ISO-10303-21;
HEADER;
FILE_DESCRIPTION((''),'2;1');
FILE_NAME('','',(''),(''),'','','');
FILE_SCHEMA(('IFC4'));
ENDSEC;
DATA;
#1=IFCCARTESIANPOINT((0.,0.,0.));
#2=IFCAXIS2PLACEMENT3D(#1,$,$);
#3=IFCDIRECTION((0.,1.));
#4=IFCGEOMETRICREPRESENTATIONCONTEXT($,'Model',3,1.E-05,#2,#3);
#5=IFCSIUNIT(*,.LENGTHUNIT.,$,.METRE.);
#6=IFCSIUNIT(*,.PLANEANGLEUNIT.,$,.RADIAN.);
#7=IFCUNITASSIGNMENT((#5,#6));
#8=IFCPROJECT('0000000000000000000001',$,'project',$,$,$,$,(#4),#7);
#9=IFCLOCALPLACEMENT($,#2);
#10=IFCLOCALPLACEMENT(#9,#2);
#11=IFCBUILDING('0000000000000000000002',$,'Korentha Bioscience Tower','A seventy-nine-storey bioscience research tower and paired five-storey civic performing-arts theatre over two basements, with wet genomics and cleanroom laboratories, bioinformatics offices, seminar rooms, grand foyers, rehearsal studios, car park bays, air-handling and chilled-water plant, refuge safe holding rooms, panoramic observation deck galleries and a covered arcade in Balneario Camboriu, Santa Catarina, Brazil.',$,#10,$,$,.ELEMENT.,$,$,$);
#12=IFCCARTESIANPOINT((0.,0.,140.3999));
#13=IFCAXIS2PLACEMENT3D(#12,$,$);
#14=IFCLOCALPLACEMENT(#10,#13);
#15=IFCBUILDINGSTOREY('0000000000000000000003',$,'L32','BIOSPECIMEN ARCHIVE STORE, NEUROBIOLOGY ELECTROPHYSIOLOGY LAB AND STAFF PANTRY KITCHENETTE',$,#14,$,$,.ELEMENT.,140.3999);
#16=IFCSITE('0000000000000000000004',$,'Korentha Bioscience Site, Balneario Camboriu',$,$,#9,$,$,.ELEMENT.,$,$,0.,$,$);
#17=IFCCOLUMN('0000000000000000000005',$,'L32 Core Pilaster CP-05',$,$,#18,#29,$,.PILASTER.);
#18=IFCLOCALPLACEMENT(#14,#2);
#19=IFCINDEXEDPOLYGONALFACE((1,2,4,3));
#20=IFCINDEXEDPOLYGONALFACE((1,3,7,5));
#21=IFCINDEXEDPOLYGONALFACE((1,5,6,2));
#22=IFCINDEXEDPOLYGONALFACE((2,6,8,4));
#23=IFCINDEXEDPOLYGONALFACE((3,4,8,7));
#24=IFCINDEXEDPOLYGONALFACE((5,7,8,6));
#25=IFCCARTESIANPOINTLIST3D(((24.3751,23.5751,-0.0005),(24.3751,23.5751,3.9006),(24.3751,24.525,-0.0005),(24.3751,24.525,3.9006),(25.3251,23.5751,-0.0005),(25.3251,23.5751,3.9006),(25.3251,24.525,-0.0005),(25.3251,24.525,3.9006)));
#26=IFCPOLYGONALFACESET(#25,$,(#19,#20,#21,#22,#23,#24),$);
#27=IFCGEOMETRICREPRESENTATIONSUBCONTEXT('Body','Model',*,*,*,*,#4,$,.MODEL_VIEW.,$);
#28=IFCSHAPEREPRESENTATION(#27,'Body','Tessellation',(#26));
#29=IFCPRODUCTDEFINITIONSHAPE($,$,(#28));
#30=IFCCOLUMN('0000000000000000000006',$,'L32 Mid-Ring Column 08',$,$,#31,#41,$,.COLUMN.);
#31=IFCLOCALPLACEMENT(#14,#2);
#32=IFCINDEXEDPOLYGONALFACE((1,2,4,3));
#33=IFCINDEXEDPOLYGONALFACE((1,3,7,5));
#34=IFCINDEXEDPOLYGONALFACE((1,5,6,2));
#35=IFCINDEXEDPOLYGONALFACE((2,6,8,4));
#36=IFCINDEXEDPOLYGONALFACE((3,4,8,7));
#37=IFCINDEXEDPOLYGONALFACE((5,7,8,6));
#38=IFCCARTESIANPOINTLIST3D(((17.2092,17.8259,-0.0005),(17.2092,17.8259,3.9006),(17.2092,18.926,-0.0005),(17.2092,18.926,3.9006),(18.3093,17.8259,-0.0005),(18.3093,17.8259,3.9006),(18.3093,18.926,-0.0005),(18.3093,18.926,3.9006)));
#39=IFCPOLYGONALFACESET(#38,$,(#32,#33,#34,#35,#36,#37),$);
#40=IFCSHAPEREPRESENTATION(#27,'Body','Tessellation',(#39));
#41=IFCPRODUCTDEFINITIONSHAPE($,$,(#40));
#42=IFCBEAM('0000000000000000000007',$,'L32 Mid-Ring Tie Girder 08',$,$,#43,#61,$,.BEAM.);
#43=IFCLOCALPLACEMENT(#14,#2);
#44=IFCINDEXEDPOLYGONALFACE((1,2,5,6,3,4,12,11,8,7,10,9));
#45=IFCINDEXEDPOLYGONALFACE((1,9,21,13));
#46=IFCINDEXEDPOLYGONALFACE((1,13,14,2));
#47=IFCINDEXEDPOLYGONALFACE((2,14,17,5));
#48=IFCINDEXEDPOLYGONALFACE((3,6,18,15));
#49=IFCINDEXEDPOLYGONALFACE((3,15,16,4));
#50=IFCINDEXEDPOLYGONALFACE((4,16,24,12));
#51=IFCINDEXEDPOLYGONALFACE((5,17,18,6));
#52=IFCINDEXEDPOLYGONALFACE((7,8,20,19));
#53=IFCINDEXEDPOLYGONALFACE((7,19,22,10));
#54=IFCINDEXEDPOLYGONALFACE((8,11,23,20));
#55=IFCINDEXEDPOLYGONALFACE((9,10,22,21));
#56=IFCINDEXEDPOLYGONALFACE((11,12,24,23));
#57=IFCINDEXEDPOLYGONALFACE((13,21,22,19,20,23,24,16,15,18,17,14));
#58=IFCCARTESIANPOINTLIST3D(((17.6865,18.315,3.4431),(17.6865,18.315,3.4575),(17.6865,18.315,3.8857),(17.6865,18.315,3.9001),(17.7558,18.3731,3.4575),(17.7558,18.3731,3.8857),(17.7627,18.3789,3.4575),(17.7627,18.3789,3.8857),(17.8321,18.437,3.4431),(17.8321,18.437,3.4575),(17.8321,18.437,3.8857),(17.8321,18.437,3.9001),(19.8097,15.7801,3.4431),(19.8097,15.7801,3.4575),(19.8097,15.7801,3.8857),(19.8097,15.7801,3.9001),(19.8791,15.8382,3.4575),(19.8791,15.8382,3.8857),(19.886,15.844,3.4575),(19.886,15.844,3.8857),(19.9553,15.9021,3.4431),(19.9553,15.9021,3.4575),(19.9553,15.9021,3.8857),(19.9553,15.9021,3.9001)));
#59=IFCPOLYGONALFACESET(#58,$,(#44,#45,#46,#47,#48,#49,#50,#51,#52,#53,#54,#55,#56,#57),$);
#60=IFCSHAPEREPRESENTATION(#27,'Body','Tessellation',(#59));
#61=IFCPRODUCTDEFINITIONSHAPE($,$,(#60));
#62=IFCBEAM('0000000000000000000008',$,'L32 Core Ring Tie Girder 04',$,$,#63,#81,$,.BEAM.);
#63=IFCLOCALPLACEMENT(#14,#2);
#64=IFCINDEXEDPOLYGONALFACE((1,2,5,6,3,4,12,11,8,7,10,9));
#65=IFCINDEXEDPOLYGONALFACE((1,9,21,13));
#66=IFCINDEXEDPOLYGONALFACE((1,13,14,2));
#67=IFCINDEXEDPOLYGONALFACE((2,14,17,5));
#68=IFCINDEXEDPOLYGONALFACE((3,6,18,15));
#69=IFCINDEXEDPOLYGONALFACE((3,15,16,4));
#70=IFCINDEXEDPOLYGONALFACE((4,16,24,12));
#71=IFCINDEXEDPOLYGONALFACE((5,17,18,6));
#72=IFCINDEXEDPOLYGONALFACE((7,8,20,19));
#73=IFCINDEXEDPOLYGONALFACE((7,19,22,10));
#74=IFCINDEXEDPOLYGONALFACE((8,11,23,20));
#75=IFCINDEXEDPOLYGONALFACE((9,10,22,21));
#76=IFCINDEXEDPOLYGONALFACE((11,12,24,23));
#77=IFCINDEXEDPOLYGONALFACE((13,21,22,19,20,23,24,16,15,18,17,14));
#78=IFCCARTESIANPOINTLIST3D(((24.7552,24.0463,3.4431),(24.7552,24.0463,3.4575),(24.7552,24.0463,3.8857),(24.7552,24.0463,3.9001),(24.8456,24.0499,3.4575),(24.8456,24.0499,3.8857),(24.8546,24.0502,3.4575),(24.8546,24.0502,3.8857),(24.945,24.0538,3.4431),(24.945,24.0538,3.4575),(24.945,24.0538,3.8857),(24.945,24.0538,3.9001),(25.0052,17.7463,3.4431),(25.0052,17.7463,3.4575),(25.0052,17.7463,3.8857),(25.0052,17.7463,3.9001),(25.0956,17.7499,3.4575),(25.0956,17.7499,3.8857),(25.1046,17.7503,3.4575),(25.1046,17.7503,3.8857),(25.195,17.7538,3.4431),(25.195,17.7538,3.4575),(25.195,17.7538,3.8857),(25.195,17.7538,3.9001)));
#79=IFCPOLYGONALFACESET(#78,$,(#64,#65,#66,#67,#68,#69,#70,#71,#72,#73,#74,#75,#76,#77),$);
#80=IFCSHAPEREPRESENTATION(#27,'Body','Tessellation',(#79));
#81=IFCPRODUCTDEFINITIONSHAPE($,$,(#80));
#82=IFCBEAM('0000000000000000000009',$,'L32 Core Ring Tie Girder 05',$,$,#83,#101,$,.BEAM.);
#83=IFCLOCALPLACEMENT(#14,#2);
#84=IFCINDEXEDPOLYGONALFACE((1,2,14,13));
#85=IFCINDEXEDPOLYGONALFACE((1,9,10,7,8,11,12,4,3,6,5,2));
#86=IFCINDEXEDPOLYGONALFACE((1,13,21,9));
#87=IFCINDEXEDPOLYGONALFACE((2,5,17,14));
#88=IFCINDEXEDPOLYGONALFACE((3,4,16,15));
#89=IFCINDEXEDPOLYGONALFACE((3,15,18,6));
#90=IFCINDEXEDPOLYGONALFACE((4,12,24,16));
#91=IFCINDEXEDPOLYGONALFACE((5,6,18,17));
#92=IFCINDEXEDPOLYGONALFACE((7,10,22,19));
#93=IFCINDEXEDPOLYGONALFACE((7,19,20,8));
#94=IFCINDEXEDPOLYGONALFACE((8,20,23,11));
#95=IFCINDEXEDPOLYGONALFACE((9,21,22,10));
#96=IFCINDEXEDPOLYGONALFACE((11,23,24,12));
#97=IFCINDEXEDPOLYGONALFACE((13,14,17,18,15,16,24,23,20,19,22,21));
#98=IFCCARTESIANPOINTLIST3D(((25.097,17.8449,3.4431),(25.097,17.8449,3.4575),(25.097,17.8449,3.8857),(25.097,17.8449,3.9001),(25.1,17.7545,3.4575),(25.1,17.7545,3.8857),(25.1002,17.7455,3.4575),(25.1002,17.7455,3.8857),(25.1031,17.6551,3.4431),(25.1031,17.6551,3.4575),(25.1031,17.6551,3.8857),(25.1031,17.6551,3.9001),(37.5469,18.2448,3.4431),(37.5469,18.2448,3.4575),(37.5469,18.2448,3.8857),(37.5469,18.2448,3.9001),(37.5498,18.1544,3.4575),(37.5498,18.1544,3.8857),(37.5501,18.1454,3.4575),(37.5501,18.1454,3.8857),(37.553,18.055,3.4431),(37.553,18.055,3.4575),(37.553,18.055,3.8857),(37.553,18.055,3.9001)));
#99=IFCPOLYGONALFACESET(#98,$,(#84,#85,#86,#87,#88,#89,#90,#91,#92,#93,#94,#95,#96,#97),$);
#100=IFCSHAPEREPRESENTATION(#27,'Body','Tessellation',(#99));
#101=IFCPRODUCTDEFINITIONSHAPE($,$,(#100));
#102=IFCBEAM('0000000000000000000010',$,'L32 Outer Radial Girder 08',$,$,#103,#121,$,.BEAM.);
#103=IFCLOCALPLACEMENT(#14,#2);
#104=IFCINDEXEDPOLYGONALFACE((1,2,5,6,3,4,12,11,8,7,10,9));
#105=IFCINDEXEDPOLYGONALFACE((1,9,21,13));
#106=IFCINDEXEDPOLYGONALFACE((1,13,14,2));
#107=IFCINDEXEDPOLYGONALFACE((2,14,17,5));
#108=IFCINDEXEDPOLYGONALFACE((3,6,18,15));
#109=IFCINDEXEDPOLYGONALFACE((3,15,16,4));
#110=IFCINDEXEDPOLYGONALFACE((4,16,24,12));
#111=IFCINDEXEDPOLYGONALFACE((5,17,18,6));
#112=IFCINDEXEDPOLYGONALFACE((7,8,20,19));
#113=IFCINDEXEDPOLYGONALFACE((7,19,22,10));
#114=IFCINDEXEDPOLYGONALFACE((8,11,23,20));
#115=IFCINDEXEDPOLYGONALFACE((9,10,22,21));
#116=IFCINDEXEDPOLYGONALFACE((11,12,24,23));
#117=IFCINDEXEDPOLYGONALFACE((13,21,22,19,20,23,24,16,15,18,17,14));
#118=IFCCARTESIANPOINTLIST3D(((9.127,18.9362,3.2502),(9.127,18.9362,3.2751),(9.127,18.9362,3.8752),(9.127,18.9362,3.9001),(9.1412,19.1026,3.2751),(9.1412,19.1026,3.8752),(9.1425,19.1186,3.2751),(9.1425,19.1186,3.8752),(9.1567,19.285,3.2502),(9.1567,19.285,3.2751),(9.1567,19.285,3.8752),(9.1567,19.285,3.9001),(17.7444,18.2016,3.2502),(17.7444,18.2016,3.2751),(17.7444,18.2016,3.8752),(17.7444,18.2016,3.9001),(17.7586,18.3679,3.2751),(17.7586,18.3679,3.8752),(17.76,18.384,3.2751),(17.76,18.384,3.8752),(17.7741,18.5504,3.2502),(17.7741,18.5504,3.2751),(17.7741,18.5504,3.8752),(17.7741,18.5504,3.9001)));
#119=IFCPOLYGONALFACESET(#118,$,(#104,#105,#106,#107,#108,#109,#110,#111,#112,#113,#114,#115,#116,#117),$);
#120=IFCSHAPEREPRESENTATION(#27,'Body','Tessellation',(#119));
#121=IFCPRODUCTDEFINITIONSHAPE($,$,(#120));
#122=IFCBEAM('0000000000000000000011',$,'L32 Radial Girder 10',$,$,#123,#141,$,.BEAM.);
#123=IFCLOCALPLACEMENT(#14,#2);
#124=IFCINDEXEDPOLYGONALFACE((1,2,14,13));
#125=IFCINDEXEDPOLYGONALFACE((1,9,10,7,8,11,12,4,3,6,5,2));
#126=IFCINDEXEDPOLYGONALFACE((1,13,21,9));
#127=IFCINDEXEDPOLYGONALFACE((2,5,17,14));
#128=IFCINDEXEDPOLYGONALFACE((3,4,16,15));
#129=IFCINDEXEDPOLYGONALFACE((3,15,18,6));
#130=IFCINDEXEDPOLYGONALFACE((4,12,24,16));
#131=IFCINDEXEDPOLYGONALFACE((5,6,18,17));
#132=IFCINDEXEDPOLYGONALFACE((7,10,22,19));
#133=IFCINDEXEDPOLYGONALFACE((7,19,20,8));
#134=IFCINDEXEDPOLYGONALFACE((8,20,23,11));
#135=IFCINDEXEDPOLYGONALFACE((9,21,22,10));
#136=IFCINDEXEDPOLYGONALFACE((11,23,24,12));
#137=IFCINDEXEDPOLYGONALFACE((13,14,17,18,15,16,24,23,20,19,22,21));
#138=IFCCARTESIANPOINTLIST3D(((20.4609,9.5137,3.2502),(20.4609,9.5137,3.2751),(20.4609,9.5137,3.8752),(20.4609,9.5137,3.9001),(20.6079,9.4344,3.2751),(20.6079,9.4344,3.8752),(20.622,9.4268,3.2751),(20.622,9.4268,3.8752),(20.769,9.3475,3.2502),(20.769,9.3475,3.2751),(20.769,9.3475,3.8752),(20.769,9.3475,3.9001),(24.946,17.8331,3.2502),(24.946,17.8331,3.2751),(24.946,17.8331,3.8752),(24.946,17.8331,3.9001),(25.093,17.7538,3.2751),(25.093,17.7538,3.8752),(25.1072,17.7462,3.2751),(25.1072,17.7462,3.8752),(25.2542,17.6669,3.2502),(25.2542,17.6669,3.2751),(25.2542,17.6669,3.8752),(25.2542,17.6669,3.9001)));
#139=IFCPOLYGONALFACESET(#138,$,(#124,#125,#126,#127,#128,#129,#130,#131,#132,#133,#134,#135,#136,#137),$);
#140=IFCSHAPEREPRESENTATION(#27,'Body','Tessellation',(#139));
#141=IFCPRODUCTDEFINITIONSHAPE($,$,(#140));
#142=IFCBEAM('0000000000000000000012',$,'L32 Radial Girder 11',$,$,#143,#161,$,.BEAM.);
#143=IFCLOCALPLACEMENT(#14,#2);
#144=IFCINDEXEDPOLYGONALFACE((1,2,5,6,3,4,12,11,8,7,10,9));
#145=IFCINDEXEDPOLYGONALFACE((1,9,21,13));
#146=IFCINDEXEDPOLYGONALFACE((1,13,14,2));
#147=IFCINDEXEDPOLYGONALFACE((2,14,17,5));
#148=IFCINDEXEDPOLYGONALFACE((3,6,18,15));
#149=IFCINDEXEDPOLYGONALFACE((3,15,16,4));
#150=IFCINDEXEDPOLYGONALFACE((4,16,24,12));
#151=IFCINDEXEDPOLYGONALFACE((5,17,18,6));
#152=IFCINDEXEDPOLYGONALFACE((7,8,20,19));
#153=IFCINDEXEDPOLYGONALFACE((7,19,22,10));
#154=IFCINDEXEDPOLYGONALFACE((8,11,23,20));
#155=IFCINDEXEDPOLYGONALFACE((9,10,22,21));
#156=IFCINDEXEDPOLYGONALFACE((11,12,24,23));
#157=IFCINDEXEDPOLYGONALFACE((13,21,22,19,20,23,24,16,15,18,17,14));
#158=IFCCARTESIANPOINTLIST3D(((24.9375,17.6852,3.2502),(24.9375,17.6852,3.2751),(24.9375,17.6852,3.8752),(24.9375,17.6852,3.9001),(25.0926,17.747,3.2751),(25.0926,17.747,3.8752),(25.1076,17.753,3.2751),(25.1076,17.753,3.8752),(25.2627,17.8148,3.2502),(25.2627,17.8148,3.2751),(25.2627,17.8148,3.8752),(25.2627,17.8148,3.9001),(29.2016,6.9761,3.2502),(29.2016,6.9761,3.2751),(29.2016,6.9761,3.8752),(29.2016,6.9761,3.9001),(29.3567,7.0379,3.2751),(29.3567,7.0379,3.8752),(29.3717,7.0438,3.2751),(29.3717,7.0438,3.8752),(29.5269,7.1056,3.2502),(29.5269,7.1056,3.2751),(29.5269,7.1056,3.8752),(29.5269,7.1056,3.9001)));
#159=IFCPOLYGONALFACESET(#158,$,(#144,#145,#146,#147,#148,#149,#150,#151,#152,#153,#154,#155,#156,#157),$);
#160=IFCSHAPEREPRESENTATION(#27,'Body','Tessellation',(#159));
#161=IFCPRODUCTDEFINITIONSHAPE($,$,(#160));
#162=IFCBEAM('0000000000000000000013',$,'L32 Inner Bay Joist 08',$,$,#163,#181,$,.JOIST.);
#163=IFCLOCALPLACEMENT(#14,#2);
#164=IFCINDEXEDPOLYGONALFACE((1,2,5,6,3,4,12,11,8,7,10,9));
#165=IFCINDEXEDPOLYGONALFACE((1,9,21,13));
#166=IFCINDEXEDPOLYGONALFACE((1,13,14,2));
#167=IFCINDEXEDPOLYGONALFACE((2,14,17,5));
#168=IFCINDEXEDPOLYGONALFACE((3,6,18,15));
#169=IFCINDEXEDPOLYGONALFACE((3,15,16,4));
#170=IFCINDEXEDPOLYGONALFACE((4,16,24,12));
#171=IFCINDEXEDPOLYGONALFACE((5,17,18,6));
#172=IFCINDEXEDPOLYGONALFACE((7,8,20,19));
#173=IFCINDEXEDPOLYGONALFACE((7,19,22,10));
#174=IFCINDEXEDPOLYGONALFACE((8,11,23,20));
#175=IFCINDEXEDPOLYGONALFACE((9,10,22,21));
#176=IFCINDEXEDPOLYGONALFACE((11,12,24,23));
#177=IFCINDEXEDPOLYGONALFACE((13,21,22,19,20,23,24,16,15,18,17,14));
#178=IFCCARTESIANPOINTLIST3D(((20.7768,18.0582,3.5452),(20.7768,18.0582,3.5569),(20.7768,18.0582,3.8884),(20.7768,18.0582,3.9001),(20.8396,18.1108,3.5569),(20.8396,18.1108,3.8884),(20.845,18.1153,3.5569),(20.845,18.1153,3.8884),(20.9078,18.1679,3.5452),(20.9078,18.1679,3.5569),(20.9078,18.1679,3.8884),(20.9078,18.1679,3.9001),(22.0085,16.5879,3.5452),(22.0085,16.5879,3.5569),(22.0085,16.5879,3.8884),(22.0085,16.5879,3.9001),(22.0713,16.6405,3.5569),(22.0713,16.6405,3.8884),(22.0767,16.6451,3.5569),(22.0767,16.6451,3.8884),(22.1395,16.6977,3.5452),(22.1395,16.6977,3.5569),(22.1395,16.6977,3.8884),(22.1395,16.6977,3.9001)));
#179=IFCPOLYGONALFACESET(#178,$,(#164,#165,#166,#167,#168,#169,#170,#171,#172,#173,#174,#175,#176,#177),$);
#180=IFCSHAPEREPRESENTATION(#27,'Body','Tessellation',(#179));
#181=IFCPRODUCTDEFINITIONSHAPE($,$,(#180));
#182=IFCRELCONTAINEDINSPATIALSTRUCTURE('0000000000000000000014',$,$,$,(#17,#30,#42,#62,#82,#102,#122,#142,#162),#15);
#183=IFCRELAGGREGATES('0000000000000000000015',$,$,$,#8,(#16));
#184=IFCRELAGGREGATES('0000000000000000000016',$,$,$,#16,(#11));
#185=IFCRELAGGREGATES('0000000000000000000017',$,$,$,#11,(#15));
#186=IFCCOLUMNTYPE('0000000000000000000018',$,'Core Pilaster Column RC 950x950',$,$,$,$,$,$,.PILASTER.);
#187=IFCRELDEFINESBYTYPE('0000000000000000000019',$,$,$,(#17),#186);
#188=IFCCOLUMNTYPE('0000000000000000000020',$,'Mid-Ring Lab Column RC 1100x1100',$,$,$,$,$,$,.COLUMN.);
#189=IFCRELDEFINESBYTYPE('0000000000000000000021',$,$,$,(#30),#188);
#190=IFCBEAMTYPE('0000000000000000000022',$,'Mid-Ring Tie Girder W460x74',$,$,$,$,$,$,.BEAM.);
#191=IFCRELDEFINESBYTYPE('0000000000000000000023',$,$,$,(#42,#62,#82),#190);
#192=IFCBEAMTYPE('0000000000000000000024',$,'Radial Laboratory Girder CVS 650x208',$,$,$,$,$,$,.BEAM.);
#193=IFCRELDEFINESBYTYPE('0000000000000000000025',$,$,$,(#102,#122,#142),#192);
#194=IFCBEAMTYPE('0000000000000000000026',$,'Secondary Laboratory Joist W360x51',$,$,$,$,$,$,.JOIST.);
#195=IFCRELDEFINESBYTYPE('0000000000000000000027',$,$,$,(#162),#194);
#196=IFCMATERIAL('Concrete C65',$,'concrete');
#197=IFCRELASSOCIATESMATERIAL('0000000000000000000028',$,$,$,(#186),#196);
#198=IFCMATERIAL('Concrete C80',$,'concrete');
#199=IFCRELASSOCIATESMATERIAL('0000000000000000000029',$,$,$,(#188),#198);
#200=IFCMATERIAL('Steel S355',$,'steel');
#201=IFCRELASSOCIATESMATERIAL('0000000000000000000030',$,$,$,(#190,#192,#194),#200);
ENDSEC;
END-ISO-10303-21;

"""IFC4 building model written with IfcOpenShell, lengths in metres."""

from ifc_helpers import new_model, si_unit, direction, frame, origin, origin_2d, place, context, subcontext, project, spatial, rectangle, i_section, extrude, material, material_profile, profile_set, type_object, element, save


model = new_model("IFC4")

# Units and contexts
model_context = context("Model", 3, precision=1e-05, world=origin(), true_north=direction((0.0, 1.0)))
body_context = subcontext(model_context, "Body", "Model", "MODEL_VIEW")
ifc_project = project(units=[si_unit("LENGTHUNIT", "METRE"), si_unit("PLANEANGLEUNIT", "RADIAN")], contexts=[model_context])

# Site, building, storey
site_placement = place(None, origin())
site = spatial("IfcSite", under=ifc_project, at=site_placement, Name="Korentha Bioscience Site, Balneario Camboriu", CompositionType="ELEMENT", RefElevation=0.0)
building_placement = place(site_placement, origin())
building = spatial("IfcBuilding", under=site, at=building_placement, Name="Korentha Bioscience Tower", Description="A seventy-nine-storey bioscience research tower and paired five-storey civic performing-arts theatre over two basements, with wet genomics and cleanroom laboratories, bioinformatics offices, seminar rooms, grand foyers, rehearsal studios, car park bays, air-handling and chilled-water plant, refuge safe holding rooms, panoramic observation deck galleries and a covered arcade in Balneario Camboriu, Santa Catarina, Brazil.", CompositionType="ELEMENT")
storey_placement = place(building_placement, frame((0.0, 0.0, 140.3999)))
storey = spatial("IfcBuildingStorey", under=building, at=storey_placement, Name="L32", Description="BIOSPECIMEN ARCHIVE STORE, NEUROBIOLOGY ELECTROPHYSIOLOGY LAB AND STAFF PANTRY KITCHENETTE", CompositionType="ELEMENT", Elevation=140.3999)

# Columns
ifc_material_1 = material(Name="Concrete C65", Category="concrete")
ifc_material_profile_1 = material_profile(ifc_material_1, rectangle(XDim=0.95, YDim=0.95, at=origin_2d()), Name="Concrete C65")
ifc_profile_set_1 = profile_set([ifc_material_profile_1], Name="Concrete C65 (COL-CP09)")
column_type_1 = type_object("IfcColumnType", Name="Core Pilaster Column RC 950x950", PredefinedType="PILASTER", material=ifc_profile_set_1)
column_1_placement = place(storey_placement, frame((24.8501, 24.05, -0.0005), z_axis=(0.0, 0.0, 1.0), x_axis=(1.0, 0.0, 0.0)))
element("IfcColumn", 1, at=column_1_placement, inside=storey, type_object=column_type_1, Name="L32 Core Pilaster CP-05", PredefinedType="PILASTER", context=body_context, shape_type="SweptSolid", body=[
    extrude(rectangle(XDim=0.95, YDim=0.95, at=origin_2d()), origin(), (0.0, 0.0, 1.0), 3.9011),
])
ifc_material_2 = material(Name="Concrete C80", Category="concrete")
ifc_material_profile_2 = material_profile(ifc_material_2, rectangle(XDim=1.1001, YDim=1.1001, at=origin_2d()), Name="Concrete C80")
ifc_profile_set_2 = profile_set([ifc_material_profile_2], Name="Concrete C80 (COL-MR11)")
column_type_2 = type_object("IfcColumnType", Name="Mid-Ring Lab Column RC 1100x1100", PredefinedType="COLUMN", material=ifc_profile_set_2)
column_2_placement = place(storey_placement, frame((17.7593, 18.376, -0.0005), z_axis=(0.0, 0.0, 1.0), x_axis=(1.0, 0.0, 0.0)))
element("IfcColumn", 2, at=column_2_placement, inside=storey, type_object=column_type_2, Name="L32 Mid-Ring Column 08", PredefinedType="COLUMN", context=body_context, shape_type="SweptSolid", body=[
    extrude(rectangle(XDim=1.1001, YDim=1.1001, at=origin_2d()), origin(), (0.0, 0.0, 1.0), 3.9011),
])

# Beams
ifc_material_3 = material(Name="Steel S355", Category="steel")
ifc_material_profile_3 = material_profile(ifc_material_3, i_section(OverallWidth=0.1899, OverallDepth=0.457, WebThickness=0.009, FlangeThickness=0.0144, at=origin_2d()), Name="Steel S355")
ifc_profile_set_3 = profile_set([ifc_material_profile_3], Name="Steel S355 (MB-460)")
beam_type_1 = type_object("IfcBeamType", Name="Mid-Ring Tie Girder W460x74", PredefinedType="BEAM", material=ifc_profile_set_3)
beam_1_placement = place(storey_placement, frame((17.7593, 18.376, 3.6716), z_axis=(0.642121, -0.766603, 0.0), x_axis=(0.766603, 0.642121, 0.0)))
element("IfcBeam", 3, at=beam_1_placement, inside=storey, type_object=beam_type_1, Name="L32 Mid-Ring Tie Girder 08", PredefinedType="BEAM", context=body_context, shape_type="SweptSolid", body=[
    extrude(i_section(OverallWidth=0.1899, OverallDepth=0.457, WebThickness=0.009, FlangeThickness=0.0144, at=origin_2d()), origin(), (0.0, 0.0, 1.0), 3.3066),
])
beam_2_placement = place(storey_placement, frame((24.8501, 24.05, 3.6716), z_axis=(0.039651, -0.999214, 0.0), x_axis=(0.999214, 0.039651, 0.0)))
element("IfcBeam", 4, at=beam_2_placement, inside=storey, type_object=beam_type_1, Name="L32 Core Ring Tie Girder 04", PredefinedType="BEAM", context=body_context, shape_type="SweptSolid", body=[
    extrude(i_section(OverallWidth=0.1899, OverallDepth=0.457, WebThickness=0.009, FlangeThickness=0.0144, at=origin_2d()), origin(), (0.0, 0.0, 1.0), 6.3049),
])
beam_3_placement = place(storey_placement, frame((25.1001, 17.75, 3.6716), z_axis=(0.999485, 0.032104, 0.0), x_axis=(-0.032104, 0.999485, 0.0)))
element("IfcBeam", 5, at=beam_3_placement, inside=storey, type_object=beam_type_1, Name="L32 Core Ring Tie Girder 05", PredefinedType="BEAM", context=body_context, shape_type="SweptSolid", body=[
    extrude(i_section(OverallWidth=0.1899, OverallDepth=0.457, WebThickness=0.009, FlangeThickness=0.0144, at=origin_2d()), origin(), (0.0, 0.0, 1.0), 12.4563),
])
ifc_material_profile_4 = material_profile(ifc_material_3, i_section(OverallWidth=0.3501, OverallDepth=0.6499, WebThickness=0.0161, FlangeThickness=0.0249, at=origin_2d()), Name="Steel S355")
ifc_profile_set_4 = profile_set([ifc_material_profile_4], Name="Steel S355 (RB-650)")
beam_type_2 = type_object("IfcBeamType", Name="Radial Laboratory Girder CVS 650x208", PredefinedType="BEAM", material=ifc_profile_set_4)
beam_4_placement = place(storey_placement, frame((17.7593, 18.376, 3.5752), z_axis=(-0.996386, 0.08494, 0.0), x_axis=(-0.08494, -0.996386, 0.0)))
element("IfcBeam", 6, at=beam_4_placement, inside=storey, type_object=beam_type_2, Name="L32 Outer Radial Girder 08", PredefinedType="BEAM", context=body_context, shape_type="SweptSolid", body=[
    extrude(i_section(OverallWidth=0.3501, OverallDepth=0.6499, WebThickness=0.0161, FlangeThickness=0.0249, at=origin_2d()), origin(), (0.0, 0.0, 1.0), 8.6487),
])
beam_5_placement = place(storey_placement, frame((25.1001, 17.75, 3.5752), z_axis=(-0.474548, -0.88023, 0.0), x_axis=(0.88023, -0.474548, 0.0)))
element("IfcBeam", 7, at=beam_5_placement, inside=storey, type_object=beam_type_2, Name="L32 Radial Girder 10", PredefinedType="BEAM", context=body_context, shape_type="SweptSolid", body=[
    extrude(i_section(OverallWidth=0.3501, OverallDepth=0.6499, WebThickness=0.0161, FlangeThickness=0.0249, at=origin_2d()), origin(), (0.0, 0.0, 1.0), 9.4514),
])
beam_6_placement = place(storey_placement, frame((25.1001, 17.75, 3.5752), z_axis=(0.36993, -0.92906, 0.0), x_axis=(0.92906, 0.36993, 0.0)))
element("IfcBeam", 8, at=beam_6_placement, inside=storey, type_object=beam_type_2, Name="L32 Radial Girder 11", PredefinedType="BEAM", context=body_context, shape_type="SweptSolid", body=[
    extrude(i_section(OverallWidth=0.3501, OverallDepth=0.6499, WebThickness=0.0161, FlangeThickness=0.0249, at=origin_2d()), origin(), (0.0, 0.0, 1.0), 11.5269),
])
ifc_material_profile_5 = material_profile(ifc_material_3, i_section(OverallWidth=0.1709, OverallDepth=0.355, WebThickness=0.0071, FlangeThickness=0.0117, at=origin_2d()), Name="Steel S355")
ifc_profile_set_5 = profile_set([ifc_material_profile_5], Name="Steel S355 (JB-360)")
beam_type_3 = type_object("IfcBeamType", Name="Secondary Laboratory Joist W360x51", PredefinedType="JOIST", material=ifc_profile_set_5)
beam_7_placement = place(storey_placement, frame((20.8423, 18.113, 3.7227), z_axis=(0.642185, -0.766549, 0.0), x_axis=(0.766549, 0.642185, 0.0)))
element("IfcBeam", 9, at=beam_7_placement, inside=storey, type_object=beam_type_3, Name="L32 Inner Bay Joist 08", PredefinedType="JOIST", context=body_context, shape_type="SweptSolid", body=[
    extrude(i_section(OverallWidth=0.1709, OverallDepth=0.355, WebThickness=0.0071, FlangeThickness=0.0117, at=origin_2d()), origin(), (0.0, 0.0, 1.0), 1.918),
])

save(model, "model.ifc")
